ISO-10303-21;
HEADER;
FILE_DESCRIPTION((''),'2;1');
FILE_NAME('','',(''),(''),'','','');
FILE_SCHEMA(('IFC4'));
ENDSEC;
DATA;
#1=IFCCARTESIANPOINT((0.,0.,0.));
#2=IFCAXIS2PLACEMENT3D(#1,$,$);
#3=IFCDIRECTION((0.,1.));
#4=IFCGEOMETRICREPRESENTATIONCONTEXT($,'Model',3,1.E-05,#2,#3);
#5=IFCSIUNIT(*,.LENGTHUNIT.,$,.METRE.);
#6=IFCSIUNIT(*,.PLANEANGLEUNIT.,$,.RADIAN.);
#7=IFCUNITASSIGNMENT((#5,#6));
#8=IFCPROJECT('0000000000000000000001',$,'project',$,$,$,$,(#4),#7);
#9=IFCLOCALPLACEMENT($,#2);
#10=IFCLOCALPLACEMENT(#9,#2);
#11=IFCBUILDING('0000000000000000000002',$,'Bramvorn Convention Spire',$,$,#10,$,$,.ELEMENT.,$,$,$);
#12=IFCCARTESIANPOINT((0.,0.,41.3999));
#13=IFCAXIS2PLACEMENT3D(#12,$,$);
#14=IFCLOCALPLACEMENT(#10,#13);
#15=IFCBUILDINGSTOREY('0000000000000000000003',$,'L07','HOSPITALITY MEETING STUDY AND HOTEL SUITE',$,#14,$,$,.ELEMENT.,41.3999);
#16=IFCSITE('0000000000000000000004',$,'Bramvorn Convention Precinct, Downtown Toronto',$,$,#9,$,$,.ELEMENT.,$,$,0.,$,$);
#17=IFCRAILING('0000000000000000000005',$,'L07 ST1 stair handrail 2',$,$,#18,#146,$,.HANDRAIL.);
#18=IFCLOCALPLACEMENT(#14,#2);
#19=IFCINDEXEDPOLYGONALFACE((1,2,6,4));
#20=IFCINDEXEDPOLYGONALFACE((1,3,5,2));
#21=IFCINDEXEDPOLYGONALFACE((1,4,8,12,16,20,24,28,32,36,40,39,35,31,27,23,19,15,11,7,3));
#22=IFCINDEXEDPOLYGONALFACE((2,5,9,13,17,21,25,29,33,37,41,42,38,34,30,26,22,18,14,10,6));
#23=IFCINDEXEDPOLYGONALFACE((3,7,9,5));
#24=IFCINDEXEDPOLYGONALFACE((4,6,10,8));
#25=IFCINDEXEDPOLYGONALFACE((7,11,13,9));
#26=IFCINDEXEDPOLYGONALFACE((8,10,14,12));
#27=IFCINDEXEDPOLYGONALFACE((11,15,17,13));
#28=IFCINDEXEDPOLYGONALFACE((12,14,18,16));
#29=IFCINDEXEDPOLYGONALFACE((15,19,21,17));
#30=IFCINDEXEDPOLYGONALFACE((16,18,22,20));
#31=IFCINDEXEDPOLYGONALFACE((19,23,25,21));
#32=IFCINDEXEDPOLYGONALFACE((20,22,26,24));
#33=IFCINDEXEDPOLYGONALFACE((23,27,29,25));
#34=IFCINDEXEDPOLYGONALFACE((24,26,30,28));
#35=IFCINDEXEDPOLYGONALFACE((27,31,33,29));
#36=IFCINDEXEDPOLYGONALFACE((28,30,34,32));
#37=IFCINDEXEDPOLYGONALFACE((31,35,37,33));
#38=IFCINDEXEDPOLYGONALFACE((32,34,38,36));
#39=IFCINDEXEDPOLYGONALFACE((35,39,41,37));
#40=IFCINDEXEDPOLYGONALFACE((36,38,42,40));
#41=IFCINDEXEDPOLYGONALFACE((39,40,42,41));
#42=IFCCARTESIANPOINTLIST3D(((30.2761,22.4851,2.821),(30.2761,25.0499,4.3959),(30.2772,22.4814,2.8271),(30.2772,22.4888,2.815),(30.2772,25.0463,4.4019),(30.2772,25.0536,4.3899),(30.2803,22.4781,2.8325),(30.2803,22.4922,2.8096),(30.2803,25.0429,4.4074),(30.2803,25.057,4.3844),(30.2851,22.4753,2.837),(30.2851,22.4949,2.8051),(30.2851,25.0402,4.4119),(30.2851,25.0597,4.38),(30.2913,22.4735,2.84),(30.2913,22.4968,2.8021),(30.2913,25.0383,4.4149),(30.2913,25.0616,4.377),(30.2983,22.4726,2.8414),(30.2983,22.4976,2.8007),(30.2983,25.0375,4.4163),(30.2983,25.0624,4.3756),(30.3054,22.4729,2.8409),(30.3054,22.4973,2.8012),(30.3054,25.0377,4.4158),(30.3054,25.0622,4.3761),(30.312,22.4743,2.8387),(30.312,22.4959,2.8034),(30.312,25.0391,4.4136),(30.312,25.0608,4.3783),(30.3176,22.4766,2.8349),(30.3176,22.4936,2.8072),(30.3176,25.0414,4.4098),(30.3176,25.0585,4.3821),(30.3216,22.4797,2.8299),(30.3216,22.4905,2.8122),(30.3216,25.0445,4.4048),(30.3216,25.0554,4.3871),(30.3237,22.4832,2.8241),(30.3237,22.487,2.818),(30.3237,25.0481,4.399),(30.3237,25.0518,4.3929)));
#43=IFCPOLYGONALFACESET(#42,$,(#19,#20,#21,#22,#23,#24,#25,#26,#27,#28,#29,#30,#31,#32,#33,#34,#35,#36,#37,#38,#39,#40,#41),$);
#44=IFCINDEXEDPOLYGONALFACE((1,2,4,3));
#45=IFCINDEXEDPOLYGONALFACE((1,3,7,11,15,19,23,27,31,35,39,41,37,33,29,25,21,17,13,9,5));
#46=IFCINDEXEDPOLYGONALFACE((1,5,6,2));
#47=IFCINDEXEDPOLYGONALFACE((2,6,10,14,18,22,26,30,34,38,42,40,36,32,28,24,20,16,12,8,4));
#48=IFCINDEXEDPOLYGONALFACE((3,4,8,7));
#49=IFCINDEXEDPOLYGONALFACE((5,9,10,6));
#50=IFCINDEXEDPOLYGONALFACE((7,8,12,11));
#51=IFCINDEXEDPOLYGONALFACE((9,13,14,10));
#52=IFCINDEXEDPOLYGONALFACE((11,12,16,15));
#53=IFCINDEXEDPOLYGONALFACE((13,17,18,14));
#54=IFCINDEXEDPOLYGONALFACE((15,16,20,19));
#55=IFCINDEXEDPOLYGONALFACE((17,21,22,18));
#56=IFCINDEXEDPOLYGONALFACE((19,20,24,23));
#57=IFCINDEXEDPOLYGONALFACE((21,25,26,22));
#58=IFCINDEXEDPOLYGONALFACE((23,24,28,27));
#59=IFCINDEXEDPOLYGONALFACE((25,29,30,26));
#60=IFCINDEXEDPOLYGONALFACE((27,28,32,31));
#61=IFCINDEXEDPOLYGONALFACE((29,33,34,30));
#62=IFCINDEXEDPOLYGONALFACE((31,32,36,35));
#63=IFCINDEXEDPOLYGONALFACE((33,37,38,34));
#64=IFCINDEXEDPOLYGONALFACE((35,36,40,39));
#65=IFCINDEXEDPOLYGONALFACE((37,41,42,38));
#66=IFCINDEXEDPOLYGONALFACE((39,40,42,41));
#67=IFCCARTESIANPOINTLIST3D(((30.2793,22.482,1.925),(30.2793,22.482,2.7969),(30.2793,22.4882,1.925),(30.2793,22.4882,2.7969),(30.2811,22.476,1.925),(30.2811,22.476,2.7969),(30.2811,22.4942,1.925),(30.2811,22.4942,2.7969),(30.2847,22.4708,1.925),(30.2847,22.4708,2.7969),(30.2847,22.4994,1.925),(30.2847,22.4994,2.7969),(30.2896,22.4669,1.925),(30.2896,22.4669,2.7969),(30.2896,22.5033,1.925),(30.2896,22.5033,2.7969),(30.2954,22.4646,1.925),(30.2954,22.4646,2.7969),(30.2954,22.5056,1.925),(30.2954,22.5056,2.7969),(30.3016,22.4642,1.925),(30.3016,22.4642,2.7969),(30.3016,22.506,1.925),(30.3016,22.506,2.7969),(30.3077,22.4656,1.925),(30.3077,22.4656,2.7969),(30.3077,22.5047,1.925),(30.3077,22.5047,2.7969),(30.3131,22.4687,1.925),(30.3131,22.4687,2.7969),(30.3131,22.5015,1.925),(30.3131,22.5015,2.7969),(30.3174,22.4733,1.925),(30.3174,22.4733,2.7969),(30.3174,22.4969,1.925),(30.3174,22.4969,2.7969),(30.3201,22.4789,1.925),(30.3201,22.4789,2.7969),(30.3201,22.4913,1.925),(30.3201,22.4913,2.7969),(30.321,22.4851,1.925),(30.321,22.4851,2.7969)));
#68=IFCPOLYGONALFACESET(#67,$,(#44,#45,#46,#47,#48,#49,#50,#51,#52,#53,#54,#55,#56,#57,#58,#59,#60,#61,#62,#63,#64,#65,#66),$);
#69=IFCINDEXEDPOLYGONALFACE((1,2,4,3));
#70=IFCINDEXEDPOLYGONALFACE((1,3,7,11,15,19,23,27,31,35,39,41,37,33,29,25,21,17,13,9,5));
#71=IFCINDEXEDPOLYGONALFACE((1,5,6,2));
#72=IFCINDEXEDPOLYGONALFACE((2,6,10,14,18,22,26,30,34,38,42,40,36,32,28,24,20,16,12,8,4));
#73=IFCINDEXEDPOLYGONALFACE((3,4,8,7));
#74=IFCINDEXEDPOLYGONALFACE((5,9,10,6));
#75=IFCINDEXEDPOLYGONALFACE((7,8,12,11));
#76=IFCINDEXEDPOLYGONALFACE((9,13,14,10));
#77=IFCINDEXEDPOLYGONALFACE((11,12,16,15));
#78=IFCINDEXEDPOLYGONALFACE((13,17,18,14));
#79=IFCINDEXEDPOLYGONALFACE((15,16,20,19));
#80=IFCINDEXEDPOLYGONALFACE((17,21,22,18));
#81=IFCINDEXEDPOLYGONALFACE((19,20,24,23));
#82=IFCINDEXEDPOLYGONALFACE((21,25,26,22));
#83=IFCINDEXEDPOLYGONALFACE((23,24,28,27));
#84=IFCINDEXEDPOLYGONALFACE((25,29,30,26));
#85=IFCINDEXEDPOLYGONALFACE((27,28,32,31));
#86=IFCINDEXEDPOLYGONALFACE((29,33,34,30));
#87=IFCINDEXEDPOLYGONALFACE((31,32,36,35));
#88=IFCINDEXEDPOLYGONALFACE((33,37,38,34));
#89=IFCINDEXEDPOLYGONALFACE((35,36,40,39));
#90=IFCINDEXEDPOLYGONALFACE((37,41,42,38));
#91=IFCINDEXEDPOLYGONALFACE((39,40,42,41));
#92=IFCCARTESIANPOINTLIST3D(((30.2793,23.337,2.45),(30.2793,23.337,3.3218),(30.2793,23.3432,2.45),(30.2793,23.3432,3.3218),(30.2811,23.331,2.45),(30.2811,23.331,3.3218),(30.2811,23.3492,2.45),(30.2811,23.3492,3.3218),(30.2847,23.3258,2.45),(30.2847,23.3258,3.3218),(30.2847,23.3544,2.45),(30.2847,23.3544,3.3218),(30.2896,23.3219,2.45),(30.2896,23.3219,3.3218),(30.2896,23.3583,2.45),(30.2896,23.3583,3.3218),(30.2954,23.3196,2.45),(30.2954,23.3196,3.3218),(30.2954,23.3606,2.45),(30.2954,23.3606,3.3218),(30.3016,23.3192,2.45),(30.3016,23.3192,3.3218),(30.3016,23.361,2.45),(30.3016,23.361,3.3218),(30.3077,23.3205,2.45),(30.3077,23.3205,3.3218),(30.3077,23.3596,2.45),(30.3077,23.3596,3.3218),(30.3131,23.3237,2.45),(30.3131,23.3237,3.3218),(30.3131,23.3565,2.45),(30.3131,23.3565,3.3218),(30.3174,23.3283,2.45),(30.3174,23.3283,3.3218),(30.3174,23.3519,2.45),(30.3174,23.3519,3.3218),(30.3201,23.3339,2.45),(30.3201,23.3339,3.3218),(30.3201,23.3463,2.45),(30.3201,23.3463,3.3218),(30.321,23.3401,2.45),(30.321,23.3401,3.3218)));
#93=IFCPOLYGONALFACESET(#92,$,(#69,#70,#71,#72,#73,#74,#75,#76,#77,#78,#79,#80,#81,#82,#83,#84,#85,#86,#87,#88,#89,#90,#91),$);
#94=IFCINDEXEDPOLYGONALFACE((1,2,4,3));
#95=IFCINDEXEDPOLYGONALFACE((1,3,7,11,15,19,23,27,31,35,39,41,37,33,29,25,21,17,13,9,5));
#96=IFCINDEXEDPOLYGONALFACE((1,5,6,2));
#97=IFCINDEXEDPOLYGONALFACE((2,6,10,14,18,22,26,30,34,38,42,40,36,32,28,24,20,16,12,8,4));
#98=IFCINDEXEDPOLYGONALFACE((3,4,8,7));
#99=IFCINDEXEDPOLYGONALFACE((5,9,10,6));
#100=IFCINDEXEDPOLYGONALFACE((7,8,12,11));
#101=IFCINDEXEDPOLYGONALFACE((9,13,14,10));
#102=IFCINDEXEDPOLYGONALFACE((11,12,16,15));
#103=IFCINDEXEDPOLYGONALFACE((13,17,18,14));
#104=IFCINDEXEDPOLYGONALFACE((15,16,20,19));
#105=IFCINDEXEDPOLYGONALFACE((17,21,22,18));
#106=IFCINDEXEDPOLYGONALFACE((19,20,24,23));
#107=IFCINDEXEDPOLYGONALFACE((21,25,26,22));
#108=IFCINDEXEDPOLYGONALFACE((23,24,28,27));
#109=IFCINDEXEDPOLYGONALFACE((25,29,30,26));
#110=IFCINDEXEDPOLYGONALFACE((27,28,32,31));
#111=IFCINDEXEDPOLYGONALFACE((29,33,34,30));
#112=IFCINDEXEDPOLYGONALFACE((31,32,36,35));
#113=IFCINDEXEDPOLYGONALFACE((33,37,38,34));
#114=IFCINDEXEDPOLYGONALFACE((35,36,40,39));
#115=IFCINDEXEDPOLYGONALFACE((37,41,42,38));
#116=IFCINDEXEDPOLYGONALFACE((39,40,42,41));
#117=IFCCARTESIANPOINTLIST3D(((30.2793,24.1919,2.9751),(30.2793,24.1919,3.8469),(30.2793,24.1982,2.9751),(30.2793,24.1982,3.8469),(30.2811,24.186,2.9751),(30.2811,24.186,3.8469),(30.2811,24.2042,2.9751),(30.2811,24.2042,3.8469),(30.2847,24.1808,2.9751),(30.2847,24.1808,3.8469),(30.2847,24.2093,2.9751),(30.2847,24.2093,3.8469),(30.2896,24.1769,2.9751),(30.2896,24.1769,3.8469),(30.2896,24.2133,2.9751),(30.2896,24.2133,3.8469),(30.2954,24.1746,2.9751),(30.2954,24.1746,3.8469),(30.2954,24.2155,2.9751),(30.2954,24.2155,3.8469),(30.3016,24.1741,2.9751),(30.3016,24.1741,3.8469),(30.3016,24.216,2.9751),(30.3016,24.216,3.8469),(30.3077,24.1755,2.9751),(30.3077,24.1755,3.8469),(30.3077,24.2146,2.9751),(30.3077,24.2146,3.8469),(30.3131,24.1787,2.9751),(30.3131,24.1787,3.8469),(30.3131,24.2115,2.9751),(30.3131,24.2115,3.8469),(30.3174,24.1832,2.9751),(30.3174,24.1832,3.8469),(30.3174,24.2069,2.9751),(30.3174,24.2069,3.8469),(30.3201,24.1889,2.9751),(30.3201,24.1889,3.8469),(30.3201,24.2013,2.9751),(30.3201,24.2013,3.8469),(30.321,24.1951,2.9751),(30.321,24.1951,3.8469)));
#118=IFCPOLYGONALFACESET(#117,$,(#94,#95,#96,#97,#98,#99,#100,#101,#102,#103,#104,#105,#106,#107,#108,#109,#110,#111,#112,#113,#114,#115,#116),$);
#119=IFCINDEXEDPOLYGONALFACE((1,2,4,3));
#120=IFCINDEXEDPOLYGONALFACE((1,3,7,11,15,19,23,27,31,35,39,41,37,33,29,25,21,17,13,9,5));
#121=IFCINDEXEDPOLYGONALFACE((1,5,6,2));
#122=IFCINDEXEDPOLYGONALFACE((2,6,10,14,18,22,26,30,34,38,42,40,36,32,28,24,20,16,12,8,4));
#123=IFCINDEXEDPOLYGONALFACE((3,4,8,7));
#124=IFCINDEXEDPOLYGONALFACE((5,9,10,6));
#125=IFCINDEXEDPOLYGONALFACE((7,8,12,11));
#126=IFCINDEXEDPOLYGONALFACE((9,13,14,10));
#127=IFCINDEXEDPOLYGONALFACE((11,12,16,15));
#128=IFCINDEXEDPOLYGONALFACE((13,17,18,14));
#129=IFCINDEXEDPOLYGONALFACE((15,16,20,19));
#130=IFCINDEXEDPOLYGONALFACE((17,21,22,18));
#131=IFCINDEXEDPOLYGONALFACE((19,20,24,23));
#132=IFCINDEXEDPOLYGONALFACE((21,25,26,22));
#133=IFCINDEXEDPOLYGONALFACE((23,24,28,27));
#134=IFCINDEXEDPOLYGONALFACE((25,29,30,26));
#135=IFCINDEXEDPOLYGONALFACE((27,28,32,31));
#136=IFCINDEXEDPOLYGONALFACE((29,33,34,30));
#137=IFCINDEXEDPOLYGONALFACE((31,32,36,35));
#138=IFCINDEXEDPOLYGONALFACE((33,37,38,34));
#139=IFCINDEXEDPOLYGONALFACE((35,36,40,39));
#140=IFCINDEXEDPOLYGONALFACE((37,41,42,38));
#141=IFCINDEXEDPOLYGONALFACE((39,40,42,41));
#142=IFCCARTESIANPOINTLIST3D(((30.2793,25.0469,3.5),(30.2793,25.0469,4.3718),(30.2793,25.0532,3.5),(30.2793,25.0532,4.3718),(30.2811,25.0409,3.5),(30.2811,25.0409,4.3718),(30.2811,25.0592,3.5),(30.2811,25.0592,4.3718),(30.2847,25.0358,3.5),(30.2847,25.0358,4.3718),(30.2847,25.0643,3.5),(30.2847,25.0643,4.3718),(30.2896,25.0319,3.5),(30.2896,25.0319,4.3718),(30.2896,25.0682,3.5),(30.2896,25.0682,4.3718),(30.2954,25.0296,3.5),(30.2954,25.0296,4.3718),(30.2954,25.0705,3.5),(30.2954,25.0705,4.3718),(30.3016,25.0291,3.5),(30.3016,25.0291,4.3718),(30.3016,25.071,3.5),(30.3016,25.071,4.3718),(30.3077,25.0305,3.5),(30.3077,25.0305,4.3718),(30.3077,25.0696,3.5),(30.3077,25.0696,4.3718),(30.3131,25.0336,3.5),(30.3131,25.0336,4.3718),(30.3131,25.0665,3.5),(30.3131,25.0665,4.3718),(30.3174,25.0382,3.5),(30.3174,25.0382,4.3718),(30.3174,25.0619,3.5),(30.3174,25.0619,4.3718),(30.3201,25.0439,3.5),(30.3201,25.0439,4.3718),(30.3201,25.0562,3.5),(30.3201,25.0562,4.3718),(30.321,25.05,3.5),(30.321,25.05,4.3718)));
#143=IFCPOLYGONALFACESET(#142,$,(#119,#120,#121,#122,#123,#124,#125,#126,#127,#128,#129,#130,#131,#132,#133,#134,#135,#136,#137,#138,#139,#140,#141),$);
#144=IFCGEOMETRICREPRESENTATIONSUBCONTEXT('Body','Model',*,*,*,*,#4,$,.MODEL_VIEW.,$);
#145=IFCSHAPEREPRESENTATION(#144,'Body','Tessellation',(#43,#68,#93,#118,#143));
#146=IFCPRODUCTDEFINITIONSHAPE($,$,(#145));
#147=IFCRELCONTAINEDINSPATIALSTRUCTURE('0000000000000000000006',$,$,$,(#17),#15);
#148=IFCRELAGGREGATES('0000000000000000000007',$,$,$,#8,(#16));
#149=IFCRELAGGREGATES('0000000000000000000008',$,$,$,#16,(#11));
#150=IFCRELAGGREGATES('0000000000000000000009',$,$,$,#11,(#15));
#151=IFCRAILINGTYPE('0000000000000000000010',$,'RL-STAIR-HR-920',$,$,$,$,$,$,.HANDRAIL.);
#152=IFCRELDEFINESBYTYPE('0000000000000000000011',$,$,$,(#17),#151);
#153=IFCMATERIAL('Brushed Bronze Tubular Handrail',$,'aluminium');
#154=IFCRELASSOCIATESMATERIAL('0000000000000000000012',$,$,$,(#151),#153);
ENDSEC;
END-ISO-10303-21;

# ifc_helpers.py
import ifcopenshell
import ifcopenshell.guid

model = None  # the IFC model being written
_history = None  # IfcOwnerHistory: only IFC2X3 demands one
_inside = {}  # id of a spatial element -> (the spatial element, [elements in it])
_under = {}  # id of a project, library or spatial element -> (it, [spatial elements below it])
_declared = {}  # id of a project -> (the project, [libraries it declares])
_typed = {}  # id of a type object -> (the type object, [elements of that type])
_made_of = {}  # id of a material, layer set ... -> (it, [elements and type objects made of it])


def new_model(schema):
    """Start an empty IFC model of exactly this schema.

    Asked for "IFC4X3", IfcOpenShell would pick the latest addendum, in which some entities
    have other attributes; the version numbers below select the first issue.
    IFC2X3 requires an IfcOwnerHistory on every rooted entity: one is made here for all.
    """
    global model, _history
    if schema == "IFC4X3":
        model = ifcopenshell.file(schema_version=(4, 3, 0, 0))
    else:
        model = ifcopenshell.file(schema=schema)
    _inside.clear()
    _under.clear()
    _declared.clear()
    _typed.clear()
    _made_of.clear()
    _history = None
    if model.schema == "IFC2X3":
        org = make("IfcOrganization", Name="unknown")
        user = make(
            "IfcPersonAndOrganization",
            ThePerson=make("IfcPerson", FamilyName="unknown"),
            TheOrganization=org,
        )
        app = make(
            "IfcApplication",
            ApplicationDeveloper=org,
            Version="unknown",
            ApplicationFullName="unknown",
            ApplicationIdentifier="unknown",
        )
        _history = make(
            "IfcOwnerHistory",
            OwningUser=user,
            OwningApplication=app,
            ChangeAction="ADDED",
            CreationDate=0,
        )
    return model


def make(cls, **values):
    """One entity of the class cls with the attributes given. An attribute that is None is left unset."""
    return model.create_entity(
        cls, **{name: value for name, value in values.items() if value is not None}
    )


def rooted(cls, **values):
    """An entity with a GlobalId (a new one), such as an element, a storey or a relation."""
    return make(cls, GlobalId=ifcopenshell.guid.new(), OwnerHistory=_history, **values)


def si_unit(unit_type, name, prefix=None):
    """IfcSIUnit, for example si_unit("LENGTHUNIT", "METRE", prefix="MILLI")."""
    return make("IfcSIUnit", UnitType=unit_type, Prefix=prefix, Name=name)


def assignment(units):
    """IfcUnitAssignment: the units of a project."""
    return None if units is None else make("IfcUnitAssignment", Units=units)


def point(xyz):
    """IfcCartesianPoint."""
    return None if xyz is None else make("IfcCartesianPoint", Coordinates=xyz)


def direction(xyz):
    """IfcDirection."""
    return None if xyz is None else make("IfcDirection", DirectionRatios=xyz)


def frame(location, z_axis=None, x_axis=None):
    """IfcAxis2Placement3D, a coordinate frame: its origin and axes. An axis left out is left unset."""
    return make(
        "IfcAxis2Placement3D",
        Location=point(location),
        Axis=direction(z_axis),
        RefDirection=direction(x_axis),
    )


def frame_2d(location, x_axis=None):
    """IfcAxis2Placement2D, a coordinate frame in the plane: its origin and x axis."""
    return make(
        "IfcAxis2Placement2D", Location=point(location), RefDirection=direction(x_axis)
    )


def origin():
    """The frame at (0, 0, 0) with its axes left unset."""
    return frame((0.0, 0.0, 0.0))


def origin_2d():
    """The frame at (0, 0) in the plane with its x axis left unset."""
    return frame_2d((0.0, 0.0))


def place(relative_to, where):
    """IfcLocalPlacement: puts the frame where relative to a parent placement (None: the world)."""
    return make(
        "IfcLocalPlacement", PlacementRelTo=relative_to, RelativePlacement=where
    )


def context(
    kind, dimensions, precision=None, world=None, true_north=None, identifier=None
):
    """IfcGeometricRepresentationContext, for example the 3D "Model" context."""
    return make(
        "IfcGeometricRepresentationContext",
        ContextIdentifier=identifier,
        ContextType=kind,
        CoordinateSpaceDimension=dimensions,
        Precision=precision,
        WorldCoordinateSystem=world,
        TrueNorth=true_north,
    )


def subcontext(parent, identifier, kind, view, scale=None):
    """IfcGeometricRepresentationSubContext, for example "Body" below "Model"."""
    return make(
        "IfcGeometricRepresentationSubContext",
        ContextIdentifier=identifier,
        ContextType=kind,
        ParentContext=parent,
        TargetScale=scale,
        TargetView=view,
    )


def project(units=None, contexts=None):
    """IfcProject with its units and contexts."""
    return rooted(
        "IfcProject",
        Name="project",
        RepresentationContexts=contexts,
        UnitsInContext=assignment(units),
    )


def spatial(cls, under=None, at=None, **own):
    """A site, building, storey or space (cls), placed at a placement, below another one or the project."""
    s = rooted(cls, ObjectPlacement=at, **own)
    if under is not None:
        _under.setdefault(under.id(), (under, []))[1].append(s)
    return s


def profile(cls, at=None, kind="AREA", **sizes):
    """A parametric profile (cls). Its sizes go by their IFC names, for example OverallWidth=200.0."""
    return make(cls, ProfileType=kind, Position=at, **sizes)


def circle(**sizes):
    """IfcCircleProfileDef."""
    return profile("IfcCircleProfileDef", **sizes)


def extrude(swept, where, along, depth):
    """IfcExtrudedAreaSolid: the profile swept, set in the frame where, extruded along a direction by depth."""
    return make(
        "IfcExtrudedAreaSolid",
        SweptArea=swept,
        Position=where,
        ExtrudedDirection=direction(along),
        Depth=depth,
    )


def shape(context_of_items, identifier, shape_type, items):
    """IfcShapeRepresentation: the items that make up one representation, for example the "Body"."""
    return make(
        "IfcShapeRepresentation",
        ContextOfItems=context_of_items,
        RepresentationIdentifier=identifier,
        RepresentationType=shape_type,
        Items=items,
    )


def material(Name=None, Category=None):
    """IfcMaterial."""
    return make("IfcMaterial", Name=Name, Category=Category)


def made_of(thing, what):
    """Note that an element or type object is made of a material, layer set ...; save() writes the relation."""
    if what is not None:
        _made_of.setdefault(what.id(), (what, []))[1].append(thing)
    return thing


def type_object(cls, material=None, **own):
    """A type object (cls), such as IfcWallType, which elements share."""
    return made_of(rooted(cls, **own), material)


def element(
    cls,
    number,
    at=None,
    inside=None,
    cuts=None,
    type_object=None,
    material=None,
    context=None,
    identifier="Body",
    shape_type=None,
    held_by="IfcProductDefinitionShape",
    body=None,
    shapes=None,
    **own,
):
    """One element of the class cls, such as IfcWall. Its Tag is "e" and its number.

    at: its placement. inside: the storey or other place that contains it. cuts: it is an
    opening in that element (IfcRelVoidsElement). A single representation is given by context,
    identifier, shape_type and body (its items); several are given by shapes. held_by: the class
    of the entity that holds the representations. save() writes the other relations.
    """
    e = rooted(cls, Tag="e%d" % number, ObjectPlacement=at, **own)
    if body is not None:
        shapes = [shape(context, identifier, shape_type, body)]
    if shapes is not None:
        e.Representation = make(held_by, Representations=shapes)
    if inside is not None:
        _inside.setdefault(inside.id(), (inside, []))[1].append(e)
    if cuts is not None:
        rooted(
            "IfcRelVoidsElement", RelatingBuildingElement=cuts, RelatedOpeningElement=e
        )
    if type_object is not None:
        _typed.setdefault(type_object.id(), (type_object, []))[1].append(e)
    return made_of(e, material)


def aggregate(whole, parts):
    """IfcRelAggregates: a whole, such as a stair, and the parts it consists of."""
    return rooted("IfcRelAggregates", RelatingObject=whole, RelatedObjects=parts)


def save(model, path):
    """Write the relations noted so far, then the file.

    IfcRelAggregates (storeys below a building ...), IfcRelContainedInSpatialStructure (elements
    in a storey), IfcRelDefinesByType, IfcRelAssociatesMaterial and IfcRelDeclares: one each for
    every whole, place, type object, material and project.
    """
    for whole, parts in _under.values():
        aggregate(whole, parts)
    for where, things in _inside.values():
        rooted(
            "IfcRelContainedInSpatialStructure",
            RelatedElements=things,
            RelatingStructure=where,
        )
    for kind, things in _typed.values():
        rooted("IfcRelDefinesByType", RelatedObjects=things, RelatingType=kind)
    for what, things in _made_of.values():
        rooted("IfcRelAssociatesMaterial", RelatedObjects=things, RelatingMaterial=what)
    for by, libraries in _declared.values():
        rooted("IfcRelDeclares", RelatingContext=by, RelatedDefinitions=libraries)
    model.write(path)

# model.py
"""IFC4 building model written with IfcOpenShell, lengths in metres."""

from ifc_helpers import new_model, si_unit, direction, frame, origin, origin_2d, place, context, subcontext, project, spatial, circle, extrude, material, type_object, element, save


model = new_model("IFC4")

# Units and contexts
model_context = context("Model", 3, precision=1e-05, world=origin(), true_north=direction((0.0, 1.0)))
body_context = subcontext(model_context, "Body", "Model", "MODEL_VIEW")
ifc_project = project(units=[si_unit("LENGTHUNIT", "METRE"), si_unit("PLANEANGLEUNIT", "RADIAN")], contexts=[model_context])

# Site, building, storey
site_placement = place(None, origin())
site = spatial("IfcSite", under=ifc_project, at=site_placement, Name="Bramvorn Convention Precinct, Downtown Toronto", CompositionType="ELEMENT", RefElevation=0.0)
building_placement = place(site_placement, origin())
building = spatial("IfcBuilding", under=site, at=building_placement, Name="Bramvorn Convention Spire", CompositionType="ELEMENT")
storey_placement = place(building_placement, frame((0.0, 0.0, 41.3999)))
storey = spatial("IfcBuildingStorey", under=building, at=storey_placement, Name="L07", Description="HOSPITALITY MEETING STUDY AND HOTEL SUITE", CompositionType="ELEMENT", Elevation=41.3999)

# Railing
ifc_material_1 = material(Name="Brushed Bronze Tubular Handrail", Category="aluminium")
railing_type_1 = type_object("IfcRailingType", Name="RL-STAIR-HR-920", PredefinedType="HANDRAIL", material=ifc_material_1)
railing_1_placement = place(storey_placement, frame((30.3, 22.4851, 1.925)))
element("IfcRailing", 1, at=railing_1_placement, inside=storey, type_object=railing_type_1, Name="L07 ST1 stair handrail 2", PredefinedType="HANDRAIL", context=body_context, shape_type="SweptSolid", body=[
    extrude(circle(Radius=0.0239, at=origin_2d()), frame((0.0, 0.0, 0.896), z_axis=(0.0, 0.852173, 0.52326), x_axis=(-1.0, 0.0, 0.0)), (0.0, 0.0, 1.0), 3.0098),
    extrude(circle(Radius=0.021, at=origin_2d()), origin(), (0.0, 0.0, 1.0), 0.8718),
    extrude(circle(Radius=0.021, at=origin_2d()), frame((0.0, 0.855, 0.5249)), (0.0, 0.0, 1.0), 0.8718),
    extrude(circle(Radius=0.021, at=origin_2d()), frame((0.0, 1.71, 1.05)), (0.0, 0.0, 1.0), 0.8718),
    extrude(circle(Radius=0.021, at=origin_2d()), frame((0.0, 2.5649, 1.575)), (0.0, 0.0, 1.0), 0.8718),
])

save(model, "model.ifc")
